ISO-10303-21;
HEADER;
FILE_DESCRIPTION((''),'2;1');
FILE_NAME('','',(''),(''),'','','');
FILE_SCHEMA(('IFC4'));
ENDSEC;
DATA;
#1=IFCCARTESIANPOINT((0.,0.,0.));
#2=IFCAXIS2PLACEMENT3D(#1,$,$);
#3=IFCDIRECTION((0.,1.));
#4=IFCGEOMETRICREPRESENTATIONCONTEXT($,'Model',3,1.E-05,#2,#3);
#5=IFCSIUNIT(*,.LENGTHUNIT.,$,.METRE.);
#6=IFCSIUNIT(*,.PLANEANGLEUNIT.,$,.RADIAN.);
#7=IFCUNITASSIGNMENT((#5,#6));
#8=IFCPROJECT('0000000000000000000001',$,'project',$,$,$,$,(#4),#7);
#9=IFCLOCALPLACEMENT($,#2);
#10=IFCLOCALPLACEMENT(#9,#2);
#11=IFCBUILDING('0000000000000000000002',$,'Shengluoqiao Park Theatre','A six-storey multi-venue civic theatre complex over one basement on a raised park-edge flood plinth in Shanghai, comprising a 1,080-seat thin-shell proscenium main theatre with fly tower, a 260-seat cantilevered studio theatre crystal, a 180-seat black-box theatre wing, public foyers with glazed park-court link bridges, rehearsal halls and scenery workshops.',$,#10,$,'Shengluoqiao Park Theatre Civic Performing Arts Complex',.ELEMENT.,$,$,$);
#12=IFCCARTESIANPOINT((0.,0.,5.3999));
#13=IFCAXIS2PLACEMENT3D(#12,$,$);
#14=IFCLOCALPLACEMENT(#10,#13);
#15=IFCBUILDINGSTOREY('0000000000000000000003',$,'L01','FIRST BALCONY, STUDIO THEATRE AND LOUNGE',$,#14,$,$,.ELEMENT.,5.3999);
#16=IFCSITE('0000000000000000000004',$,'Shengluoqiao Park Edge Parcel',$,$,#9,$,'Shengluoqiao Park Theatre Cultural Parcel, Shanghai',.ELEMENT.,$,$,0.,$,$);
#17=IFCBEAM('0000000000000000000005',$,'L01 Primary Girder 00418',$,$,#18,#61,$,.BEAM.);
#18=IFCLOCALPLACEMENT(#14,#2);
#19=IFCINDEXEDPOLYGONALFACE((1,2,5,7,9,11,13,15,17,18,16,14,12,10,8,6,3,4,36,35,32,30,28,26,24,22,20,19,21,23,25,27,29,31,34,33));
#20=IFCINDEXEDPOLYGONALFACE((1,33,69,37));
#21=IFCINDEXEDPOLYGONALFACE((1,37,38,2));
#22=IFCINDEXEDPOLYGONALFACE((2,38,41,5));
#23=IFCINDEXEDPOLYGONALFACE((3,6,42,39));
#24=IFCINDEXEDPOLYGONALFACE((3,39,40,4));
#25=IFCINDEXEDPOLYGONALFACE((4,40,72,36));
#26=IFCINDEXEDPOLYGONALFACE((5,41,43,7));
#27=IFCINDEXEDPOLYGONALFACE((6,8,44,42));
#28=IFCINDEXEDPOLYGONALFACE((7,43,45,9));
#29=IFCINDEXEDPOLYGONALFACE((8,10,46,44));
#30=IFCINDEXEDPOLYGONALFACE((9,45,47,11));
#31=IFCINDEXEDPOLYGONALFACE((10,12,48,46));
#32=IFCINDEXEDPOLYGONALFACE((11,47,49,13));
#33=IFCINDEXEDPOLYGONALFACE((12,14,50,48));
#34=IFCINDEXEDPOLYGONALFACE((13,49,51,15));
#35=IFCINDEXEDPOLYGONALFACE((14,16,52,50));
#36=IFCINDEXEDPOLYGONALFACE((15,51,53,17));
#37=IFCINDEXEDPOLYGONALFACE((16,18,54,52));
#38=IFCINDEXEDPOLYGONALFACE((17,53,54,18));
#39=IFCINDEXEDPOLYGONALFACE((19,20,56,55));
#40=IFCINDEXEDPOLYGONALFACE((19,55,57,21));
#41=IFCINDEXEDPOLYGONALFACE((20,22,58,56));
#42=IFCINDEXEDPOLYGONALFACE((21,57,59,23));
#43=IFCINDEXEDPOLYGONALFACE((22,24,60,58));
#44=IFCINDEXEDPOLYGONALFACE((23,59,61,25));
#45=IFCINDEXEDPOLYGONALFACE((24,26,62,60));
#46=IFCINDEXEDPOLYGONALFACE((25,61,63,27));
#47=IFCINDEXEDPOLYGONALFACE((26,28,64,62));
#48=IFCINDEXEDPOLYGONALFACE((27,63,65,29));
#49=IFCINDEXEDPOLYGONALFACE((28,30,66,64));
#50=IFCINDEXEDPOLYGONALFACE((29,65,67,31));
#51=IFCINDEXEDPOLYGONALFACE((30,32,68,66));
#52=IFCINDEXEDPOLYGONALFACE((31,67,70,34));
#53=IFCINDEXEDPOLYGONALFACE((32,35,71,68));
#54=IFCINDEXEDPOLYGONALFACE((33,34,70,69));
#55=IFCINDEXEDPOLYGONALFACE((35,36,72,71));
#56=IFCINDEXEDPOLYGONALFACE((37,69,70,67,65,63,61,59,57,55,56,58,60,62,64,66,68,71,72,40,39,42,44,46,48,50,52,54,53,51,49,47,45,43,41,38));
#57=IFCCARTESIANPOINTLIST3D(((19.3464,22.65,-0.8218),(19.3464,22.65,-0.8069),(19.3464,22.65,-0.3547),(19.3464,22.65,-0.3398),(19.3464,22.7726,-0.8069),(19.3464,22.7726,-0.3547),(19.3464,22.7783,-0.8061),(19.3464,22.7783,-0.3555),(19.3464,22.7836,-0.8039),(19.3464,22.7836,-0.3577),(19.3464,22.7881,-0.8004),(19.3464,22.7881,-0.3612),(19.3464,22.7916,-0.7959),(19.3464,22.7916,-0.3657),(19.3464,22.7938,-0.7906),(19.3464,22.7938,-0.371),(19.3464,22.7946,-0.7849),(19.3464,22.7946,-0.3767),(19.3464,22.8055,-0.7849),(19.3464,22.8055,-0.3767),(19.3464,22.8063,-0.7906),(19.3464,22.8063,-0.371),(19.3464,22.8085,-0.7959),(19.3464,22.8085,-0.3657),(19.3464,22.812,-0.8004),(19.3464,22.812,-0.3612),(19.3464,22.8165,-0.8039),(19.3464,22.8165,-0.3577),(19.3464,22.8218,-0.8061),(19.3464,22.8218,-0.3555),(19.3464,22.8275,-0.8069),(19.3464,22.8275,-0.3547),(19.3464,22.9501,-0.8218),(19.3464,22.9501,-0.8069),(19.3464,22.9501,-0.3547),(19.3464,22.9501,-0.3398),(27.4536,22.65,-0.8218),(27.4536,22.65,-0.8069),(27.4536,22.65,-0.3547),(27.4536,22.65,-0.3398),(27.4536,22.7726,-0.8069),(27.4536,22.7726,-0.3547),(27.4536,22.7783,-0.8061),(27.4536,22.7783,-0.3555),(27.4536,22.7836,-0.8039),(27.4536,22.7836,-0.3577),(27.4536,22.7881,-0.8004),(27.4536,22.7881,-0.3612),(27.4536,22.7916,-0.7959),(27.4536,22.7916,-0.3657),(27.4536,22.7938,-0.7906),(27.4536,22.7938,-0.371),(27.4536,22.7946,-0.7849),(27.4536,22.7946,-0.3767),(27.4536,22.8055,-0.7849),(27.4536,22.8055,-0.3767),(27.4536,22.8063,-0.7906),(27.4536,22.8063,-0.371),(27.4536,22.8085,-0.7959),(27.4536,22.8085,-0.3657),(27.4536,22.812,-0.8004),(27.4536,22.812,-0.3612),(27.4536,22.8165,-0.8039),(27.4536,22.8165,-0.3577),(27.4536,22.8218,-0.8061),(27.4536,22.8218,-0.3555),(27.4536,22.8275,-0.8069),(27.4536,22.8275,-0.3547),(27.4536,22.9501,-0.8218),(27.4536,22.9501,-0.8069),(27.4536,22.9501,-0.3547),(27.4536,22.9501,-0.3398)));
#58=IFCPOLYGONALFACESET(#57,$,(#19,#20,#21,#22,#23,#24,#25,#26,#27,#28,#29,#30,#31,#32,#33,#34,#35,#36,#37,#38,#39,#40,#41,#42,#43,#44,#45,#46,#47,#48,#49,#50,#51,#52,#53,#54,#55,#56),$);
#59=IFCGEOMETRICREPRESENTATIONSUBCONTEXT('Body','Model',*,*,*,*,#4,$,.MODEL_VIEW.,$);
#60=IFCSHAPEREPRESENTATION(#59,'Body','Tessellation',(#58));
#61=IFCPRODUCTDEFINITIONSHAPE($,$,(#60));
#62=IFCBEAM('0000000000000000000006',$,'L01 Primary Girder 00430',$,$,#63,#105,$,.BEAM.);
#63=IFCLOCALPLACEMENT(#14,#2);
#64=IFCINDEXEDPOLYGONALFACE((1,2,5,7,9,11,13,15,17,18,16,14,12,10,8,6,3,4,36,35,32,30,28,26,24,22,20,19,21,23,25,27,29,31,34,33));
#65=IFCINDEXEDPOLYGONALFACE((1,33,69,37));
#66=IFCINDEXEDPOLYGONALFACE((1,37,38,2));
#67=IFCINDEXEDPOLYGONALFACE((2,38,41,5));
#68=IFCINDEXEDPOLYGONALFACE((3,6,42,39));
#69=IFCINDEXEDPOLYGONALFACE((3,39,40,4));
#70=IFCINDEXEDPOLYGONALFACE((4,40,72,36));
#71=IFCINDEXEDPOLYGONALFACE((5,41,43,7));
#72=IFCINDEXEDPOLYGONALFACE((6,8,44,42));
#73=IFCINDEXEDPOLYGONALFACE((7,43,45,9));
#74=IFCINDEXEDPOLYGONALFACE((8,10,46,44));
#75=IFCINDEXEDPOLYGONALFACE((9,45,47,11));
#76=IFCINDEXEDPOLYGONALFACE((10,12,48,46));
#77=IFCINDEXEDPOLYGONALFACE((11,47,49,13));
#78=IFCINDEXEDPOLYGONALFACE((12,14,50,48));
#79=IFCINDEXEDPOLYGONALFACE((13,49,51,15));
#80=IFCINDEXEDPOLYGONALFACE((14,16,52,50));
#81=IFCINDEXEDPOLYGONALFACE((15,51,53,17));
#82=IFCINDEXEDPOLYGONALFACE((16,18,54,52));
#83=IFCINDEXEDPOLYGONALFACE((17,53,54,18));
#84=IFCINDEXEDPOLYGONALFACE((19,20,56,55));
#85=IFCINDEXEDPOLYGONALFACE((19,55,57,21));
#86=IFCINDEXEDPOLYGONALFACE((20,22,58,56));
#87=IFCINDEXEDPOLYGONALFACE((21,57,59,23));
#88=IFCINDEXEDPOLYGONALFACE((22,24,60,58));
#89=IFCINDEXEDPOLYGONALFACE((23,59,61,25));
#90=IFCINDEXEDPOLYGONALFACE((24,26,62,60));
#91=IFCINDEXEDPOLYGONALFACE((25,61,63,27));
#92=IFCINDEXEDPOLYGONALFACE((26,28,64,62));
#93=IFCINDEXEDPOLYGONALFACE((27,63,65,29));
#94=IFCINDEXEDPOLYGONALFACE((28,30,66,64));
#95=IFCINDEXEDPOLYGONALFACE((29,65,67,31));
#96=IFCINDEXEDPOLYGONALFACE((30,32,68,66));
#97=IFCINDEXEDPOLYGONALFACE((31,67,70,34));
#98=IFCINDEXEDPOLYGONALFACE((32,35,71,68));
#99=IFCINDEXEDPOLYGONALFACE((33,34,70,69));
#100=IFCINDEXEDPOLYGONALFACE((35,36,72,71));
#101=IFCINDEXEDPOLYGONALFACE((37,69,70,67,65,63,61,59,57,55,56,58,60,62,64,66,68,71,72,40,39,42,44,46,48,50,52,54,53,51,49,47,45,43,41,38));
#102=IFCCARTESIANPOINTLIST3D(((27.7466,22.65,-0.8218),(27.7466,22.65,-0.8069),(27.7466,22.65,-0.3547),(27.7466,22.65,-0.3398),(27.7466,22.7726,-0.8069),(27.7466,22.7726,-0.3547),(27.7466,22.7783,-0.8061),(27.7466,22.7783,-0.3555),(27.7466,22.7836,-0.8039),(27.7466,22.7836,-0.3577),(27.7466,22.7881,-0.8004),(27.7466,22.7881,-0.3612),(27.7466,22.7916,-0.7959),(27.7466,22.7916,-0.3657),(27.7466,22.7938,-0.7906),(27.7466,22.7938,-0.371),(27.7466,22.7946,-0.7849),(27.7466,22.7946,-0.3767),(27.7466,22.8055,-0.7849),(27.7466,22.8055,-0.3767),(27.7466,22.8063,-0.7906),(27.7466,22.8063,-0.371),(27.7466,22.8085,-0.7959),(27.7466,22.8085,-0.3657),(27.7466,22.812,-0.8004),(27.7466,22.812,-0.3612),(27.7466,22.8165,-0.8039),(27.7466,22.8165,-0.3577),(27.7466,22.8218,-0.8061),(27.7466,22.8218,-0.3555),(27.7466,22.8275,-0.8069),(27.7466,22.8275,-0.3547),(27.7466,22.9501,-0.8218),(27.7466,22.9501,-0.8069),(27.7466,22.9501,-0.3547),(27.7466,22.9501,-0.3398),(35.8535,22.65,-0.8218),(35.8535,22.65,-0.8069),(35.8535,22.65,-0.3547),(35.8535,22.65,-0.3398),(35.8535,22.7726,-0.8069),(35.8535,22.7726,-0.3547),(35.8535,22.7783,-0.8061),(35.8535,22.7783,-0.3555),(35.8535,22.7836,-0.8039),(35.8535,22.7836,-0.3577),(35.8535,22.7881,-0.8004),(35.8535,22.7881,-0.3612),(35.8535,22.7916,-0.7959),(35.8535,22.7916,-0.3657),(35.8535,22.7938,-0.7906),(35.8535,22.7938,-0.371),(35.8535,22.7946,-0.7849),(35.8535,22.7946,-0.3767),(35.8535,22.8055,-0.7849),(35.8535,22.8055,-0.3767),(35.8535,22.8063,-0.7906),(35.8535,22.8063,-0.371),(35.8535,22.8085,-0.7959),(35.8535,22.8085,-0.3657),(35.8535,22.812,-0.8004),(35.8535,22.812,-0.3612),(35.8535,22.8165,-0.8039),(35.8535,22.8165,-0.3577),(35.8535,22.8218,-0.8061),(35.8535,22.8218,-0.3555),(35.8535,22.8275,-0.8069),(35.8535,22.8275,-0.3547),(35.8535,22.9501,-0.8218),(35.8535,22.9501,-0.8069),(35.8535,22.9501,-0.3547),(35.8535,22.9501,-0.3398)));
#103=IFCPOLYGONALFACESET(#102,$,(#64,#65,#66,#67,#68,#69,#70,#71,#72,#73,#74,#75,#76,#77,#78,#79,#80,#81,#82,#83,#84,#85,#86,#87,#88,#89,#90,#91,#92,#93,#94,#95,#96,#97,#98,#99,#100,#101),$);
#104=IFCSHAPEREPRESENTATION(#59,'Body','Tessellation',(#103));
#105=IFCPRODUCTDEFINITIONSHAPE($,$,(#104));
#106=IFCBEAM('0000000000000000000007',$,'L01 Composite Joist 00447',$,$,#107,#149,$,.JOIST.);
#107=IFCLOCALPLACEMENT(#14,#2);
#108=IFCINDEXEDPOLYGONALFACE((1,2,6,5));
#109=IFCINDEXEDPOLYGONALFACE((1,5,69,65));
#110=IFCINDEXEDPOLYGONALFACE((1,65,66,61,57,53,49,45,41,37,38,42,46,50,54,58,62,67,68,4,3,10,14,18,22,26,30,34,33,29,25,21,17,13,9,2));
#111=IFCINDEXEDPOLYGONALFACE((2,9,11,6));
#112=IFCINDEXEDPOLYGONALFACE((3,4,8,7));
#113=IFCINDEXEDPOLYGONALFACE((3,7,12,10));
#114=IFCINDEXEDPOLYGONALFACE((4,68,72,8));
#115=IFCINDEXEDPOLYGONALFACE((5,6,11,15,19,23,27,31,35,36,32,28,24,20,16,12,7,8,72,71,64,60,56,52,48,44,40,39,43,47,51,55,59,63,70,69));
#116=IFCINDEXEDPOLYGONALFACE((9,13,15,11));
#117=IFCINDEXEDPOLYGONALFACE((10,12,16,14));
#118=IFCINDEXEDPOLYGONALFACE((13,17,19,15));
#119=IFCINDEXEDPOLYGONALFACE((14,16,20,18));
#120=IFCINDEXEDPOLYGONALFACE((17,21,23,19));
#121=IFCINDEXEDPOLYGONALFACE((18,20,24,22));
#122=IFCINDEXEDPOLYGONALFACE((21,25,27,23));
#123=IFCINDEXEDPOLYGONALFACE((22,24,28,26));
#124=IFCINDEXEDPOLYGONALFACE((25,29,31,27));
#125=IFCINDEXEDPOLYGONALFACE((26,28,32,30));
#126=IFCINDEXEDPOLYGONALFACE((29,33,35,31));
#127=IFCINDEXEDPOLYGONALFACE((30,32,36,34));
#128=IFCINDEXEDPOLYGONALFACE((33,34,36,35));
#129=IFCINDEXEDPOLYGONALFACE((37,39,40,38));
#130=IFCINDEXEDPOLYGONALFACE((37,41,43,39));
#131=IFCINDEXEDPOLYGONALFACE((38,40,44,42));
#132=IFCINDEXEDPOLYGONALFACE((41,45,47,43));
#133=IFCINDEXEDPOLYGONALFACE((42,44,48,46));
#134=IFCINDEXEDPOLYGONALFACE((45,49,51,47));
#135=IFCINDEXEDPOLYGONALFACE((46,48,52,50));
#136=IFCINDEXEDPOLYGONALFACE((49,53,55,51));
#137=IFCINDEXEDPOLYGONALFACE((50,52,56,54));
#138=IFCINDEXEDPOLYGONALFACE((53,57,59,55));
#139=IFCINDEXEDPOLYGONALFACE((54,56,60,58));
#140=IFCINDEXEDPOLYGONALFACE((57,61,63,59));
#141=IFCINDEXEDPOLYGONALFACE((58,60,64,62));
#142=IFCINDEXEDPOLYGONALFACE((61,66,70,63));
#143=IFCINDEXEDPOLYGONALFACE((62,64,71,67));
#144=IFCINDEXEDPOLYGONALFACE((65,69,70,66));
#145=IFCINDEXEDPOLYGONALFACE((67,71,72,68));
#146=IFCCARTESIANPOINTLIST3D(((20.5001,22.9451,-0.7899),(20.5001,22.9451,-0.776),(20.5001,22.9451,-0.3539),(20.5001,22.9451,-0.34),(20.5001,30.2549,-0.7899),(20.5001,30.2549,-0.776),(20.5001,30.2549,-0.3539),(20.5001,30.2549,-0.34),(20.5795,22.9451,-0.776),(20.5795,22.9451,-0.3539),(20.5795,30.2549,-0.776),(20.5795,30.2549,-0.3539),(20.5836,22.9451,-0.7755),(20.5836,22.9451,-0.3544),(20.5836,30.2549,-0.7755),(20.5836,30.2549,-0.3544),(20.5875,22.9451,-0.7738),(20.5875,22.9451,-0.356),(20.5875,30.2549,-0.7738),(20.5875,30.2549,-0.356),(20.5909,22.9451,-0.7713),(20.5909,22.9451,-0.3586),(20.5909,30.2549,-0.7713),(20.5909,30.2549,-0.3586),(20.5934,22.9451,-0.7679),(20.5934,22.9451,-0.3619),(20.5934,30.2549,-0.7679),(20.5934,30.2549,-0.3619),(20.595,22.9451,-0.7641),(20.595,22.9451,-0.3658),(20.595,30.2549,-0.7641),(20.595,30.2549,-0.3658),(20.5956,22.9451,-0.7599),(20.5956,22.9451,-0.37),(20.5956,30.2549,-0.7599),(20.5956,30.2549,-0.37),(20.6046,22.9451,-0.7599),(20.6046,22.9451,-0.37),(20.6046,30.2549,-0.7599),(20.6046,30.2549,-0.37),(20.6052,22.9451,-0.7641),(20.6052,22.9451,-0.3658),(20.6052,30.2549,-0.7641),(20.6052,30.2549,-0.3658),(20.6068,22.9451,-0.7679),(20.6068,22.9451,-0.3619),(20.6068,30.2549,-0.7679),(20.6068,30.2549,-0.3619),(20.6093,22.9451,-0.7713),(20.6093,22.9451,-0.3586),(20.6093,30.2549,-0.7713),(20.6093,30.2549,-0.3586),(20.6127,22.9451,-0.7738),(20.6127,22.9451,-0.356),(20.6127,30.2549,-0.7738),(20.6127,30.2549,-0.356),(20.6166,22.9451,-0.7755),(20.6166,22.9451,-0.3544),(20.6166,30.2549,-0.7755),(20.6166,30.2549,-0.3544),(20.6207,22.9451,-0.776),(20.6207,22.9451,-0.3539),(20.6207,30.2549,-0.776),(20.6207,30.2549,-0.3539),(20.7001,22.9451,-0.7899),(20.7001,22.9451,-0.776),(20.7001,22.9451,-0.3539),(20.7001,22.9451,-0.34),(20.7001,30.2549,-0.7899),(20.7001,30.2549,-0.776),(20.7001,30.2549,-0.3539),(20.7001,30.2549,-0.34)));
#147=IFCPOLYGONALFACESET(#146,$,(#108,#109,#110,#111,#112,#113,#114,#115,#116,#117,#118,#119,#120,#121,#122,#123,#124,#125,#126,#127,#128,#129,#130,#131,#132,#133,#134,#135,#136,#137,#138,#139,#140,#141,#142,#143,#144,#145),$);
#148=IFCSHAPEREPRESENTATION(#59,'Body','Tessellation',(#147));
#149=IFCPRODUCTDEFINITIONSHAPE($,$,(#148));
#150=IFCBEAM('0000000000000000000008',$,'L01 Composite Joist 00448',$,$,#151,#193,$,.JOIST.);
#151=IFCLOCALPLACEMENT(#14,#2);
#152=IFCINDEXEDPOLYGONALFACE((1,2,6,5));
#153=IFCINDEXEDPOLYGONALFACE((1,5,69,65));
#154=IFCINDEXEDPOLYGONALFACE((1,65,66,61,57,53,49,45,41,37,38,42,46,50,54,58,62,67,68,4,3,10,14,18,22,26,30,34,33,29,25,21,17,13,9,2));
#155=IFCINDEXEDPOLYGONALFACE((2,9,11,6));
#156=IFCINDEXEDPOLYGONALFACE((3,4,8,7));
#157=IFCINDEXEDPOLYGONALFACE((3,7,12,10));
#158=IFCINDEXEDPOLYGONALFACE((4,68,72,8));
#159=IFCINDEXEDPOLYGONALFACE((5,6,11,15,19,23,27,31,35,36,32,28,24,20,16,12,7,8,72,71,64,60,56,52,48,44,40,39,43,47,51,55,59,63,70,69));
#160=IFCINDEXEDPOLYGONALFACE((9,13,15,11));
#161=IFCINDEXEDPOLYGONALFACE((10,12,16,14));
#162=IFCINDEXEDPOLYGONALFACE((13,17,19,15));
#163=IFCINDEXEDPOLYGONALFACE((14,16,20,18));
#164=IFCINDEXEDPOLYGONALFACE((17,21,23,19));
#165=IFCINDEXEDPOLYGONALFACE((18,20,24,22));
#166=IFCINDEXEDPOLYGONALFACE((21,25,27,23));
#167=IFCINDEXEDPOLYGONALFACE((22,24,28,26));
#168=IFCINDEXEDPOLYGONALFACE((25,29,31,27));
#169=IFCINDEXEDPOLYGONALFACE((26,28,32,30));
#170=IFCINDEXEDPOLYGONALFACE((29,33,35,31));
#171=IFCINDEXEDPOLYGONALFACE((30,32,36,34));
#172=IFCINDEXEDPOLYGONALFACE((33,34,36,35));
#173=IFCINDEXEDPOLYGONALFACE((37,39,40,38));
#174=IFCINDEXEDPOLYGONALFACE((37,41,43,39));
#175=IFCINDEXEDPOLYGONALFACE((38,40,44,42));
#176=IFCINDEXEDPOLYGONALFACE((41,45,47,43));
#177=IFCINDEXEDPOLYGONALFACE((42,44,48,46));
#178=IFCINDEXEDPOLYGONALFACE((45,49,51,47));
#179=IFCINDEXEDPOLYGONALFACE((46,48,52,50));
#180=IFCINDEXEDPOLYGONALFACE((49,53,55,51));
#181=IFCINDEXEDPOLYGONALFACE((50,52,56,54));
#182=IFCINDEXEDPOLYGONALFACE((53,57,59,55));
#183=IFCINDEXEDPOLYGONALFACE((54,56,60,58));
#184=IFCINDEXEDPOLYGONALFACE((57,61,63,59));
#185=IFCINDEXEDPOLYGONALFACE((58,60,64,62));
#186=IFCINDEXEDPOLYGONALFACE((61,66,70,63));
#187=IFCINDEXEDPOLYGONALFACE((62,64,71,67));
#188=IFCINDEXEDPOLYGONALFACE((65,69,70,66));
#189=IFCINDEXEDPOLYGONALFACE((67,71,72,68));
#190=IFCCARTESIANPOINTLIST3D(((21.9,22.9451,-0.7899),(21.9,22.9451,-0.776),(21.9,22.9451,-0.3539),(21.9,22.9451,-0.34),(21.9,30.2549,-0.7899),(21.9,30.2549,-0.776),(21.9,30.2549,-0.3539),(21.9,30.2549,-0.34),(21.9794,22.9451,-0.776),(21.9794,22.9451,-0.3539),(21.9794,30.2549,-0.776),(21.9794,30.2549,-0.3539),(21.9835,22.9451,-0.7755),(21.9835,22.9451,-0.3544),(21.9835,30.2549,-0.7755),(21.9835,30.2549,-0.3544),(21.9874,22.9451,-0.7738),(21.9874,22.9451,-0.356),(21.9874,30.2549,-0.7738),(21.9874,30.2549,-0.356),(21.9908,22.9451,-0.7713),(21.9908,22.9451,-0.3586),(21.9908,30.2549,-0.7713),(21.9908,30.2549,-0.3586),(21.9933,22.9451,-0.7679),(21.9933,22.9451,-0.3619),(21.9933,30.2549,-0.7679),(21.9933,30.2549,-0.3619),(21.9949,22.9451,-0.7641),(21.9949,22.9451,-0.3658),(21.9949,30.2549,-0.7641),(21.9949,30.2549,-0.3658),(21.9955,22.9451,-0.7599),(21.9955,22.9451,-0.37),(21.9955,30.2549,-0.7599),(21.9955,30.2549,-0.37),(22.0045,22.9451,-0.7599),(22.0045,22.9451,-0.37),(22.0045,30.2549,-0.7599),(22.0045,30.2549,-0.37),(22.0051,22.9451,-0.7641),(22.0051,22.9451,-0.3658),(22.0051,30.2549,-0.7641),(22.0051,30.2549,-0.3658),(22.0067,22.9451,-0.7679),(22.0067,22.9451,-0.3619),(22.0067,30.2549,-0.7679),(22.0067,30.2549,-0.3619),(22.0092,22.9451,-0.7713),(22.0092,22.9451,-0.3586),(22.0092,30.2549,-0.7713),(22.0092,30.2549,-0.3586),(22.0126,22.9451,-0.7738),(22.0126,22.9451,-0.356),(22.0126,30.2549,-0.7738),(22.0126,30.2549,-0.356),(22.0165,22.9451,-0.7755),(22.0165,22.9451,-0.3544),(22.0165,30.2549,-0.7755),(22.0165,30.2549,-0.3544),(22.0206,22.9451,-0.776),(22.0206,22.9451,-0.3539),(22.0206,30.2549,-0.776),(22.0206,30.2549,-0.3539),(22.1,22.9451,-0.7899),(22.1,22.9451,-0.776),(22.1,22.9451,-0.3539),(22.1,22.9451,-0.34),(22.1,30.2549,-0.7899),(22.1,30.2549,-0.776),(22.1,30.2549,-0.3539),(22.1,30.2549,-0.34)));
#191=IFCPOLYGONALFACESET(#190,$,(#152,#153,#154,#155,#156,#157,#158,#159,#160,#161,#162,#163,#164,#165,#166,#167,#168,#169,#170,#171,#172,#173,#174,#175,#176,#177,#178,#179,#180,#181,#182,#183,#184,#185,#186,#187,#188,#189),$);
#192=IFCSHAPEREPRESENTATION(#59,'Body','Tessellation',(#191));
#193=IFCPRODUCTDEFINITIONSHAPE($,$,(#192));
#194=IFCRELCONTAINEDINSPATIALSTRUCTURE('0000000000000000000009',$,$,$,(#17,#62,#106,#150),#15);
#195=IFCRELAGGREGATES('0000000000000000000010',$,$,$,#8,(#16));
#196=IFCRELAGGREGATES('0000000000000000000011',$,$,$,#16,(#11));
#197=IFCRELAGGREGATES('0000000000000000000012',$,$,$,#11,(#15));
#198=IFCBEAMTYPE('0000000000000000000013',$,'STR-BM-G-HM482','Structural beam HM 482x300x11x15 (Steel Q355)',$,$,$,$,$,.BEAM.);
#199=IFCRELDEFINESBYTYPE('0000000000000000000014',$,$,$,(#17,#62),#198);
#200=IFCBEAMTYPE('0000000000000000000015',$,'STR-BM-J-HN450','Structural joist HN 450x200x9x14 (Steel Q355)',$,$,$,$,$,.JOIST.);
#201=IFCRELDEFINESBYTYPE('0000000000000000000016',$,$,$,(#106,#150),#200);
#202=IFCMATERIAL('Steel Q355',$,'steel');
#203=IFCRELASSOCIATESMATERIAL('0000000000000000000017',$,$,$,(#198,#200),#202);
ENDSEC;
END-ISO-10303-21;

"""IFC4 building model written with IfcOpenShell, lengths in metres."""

from ifc_helpers import new_model, si_unit, direction, frame, origin, origin_2d, place, context, subcontext, project, spatial, i_section, extrude, material, material_profile, profile_set, type_object, element, save


model = new_model("IFC4")

# Units and contexts
model_context = context("Model", 3, precision=1e-05, world=origin(), true_north=direction((0.0, 1.0)))
body_context = subcontext(model_context, "Body", "Model", "MODEL_VIEW")
ifc_project = project(units=[si_unit("LENGTHUNIT", "METRE"), si_unit("PLANEANGLEUNIT", "RADIAN")], contexts=[model_context])

# Site, building, storey
site_placement = place(None, origin())
site = spatial("IfcSite", under=ifc_project, at=site_placement, Name="Shengluoqiao Park Edge Parcel", LongName="Shengluoqiao Park Theatre Cultural Parcel, Shanghai", CompositionType="ELEMENT", RefElevation=0.0)
building_placement = place(site_placement, origin())
building = spatial("IfcBuilding", under=site, at=building_placement, Name="Shengluoqiao Park Theatre", Description="A six-storey multi-venue civic theatre complex over one basement on a raised park-edge flood plinth in Shanghai, comprising a 1,080-seat thin-shell proscenium main theatre with fly tower, a 260-seat cantilevered studio theatre crystal, a 180-seat black-box theatre wing, public foyers with glazed park-court link bridges, rehearsal halls and scenery workshops.", LongName="Shengluoqiao Park Theatre Civic Performing Arts Complex", CompositionType="ELEMENT")
storey_placement = place(building_placement, frame((0.0, 0.0, 5.3999)))
storey = spatial("IfcBuildingStorey", under=building, at=storey_placement, Name="L01", Description="FIRST BALCONY, STUDIO THEATRE AND LOUNGE", CompositionType="ELEMENT", Elevation=5.3999)

# Shared definitions
ifc_material_1 = material(Name="Steel Q355", Category="steel")

# Beams
ifc_material_profile_1 = material_profile(ifc_material_1, i_section(OverallWidth=0.3, OverallDepth=0.4819, WebThickness=0.011, FlangeThickness=0.0149, FilletRadius=0.022, at=origin_2d()), Name="HM 482x300x11x15")
ifc_profile_set_1 = profile_set([ifc_material_profile_1], Name="Steel Q355")
beam_type_1 = type_object("IfcBeamType", Name="STR-BM-G-HM482", Description="Structural beam HM 482x300x11x15 (Steel Q355)", PredefinedType="BEAM", material=ifc_profile_set_1)
beam_1_placement = place(storey_placement, frame((19.3464, 22.8, -0.5808), z_axis=(1.0, 0.0, 0.0), x_axis=(0.0, 1.0, 0.0)))
element("IfcBeam", 1, at=beam_1_placement, inside=storey, type_object=beam_type_1, Name="L01 Primary Girder 00418", PredefinedType="BEAM", context=body_context, shape_type="SweptSolid", body=[
    extrude(i_section(OverallWidth=0.3, OverallDepth=0.4819, WebThickness=0.011, FlangeThickness=0.0149, FilletRadius=0.022, at=origin_2d()), origin(), (0.0, 0.0, 1.0), 8.1072),
])
beam_2_placement = place(storey_placement, frame((27.7466, 22.8, -0.5808), z_axis=(1.0, 0.0, 0.0), x_axis=(0.0, 1.0, 0.0)))
element("IfcBeam", 2, at=beam_2_placement, inside=storey, type_object=beam_type_1, Name="L01 Primary Girder 00430", PredefinedType="BEAM", context=body_context, shape_type="SweptSolid", body=[
    extrude(i_section(OverallWidth=0.3, OverallDepth=0.4819, WebThickness=0.011, FlangeThickness=0.0149, FilletRadius=0.022, at=origin_2d()), origin(), (0.0, 0.0, 1.0), 8.1069),
])
ifc_material_profile_2 = material_profile(ifc_material_1, i_section(OverallWidth=0.2, OverallDepth=0.45, WebThickness=0.009, FlangeThickness=0.0139, FilletRadius=0.0161, at=origin_2d()), Name="HN 450x200x9x14")
ifc_profile_set_2 = profile_set([ifc_material_profile_2], Name="Steel Q355")
beam_type_2 = type_object("IfcBeamType", Name="STR-BM-J-HN450", Description="Structural joist HN 450x200x9x14 (Steel Q355)", PredefinedType="JOIST", material=ifc_profile_set_2)
for number, where, z_axis, x_axis, name in (
    (3, (20.6001, 22.9451, -0.5649), (0.0, 1.0, 0.0), (-1.0, 0.0, 0.0), "L01 Composite Joist 00447"),
    (4, (22.0, 22.9451, -0.5649), (0.0, 1.0, 0.0), (-1.0, 0.0, 0.0), "L01 Composite Joist 00448"),
):
    element("IfcBeam", number, at=place(storey_placement, frame(where, z_axis=z_axis, x_axis=x_axis)), inside=storey, type_object=beam_type_2, Name=name, PredefinedType="JOIST", context=body_context, shape_type="SweptSolid", body=[
        extrude(i_section(OverallWidth=0.2, OverallDepth=0.45, WebThickness=0.009, FlangeThickness=0.0139, FilletRadius=0.0161, at=origin_2d()), origin(), (0.0, 0.0, 1.0), 7.3098),
    ])

save(model, "model.ifc")
